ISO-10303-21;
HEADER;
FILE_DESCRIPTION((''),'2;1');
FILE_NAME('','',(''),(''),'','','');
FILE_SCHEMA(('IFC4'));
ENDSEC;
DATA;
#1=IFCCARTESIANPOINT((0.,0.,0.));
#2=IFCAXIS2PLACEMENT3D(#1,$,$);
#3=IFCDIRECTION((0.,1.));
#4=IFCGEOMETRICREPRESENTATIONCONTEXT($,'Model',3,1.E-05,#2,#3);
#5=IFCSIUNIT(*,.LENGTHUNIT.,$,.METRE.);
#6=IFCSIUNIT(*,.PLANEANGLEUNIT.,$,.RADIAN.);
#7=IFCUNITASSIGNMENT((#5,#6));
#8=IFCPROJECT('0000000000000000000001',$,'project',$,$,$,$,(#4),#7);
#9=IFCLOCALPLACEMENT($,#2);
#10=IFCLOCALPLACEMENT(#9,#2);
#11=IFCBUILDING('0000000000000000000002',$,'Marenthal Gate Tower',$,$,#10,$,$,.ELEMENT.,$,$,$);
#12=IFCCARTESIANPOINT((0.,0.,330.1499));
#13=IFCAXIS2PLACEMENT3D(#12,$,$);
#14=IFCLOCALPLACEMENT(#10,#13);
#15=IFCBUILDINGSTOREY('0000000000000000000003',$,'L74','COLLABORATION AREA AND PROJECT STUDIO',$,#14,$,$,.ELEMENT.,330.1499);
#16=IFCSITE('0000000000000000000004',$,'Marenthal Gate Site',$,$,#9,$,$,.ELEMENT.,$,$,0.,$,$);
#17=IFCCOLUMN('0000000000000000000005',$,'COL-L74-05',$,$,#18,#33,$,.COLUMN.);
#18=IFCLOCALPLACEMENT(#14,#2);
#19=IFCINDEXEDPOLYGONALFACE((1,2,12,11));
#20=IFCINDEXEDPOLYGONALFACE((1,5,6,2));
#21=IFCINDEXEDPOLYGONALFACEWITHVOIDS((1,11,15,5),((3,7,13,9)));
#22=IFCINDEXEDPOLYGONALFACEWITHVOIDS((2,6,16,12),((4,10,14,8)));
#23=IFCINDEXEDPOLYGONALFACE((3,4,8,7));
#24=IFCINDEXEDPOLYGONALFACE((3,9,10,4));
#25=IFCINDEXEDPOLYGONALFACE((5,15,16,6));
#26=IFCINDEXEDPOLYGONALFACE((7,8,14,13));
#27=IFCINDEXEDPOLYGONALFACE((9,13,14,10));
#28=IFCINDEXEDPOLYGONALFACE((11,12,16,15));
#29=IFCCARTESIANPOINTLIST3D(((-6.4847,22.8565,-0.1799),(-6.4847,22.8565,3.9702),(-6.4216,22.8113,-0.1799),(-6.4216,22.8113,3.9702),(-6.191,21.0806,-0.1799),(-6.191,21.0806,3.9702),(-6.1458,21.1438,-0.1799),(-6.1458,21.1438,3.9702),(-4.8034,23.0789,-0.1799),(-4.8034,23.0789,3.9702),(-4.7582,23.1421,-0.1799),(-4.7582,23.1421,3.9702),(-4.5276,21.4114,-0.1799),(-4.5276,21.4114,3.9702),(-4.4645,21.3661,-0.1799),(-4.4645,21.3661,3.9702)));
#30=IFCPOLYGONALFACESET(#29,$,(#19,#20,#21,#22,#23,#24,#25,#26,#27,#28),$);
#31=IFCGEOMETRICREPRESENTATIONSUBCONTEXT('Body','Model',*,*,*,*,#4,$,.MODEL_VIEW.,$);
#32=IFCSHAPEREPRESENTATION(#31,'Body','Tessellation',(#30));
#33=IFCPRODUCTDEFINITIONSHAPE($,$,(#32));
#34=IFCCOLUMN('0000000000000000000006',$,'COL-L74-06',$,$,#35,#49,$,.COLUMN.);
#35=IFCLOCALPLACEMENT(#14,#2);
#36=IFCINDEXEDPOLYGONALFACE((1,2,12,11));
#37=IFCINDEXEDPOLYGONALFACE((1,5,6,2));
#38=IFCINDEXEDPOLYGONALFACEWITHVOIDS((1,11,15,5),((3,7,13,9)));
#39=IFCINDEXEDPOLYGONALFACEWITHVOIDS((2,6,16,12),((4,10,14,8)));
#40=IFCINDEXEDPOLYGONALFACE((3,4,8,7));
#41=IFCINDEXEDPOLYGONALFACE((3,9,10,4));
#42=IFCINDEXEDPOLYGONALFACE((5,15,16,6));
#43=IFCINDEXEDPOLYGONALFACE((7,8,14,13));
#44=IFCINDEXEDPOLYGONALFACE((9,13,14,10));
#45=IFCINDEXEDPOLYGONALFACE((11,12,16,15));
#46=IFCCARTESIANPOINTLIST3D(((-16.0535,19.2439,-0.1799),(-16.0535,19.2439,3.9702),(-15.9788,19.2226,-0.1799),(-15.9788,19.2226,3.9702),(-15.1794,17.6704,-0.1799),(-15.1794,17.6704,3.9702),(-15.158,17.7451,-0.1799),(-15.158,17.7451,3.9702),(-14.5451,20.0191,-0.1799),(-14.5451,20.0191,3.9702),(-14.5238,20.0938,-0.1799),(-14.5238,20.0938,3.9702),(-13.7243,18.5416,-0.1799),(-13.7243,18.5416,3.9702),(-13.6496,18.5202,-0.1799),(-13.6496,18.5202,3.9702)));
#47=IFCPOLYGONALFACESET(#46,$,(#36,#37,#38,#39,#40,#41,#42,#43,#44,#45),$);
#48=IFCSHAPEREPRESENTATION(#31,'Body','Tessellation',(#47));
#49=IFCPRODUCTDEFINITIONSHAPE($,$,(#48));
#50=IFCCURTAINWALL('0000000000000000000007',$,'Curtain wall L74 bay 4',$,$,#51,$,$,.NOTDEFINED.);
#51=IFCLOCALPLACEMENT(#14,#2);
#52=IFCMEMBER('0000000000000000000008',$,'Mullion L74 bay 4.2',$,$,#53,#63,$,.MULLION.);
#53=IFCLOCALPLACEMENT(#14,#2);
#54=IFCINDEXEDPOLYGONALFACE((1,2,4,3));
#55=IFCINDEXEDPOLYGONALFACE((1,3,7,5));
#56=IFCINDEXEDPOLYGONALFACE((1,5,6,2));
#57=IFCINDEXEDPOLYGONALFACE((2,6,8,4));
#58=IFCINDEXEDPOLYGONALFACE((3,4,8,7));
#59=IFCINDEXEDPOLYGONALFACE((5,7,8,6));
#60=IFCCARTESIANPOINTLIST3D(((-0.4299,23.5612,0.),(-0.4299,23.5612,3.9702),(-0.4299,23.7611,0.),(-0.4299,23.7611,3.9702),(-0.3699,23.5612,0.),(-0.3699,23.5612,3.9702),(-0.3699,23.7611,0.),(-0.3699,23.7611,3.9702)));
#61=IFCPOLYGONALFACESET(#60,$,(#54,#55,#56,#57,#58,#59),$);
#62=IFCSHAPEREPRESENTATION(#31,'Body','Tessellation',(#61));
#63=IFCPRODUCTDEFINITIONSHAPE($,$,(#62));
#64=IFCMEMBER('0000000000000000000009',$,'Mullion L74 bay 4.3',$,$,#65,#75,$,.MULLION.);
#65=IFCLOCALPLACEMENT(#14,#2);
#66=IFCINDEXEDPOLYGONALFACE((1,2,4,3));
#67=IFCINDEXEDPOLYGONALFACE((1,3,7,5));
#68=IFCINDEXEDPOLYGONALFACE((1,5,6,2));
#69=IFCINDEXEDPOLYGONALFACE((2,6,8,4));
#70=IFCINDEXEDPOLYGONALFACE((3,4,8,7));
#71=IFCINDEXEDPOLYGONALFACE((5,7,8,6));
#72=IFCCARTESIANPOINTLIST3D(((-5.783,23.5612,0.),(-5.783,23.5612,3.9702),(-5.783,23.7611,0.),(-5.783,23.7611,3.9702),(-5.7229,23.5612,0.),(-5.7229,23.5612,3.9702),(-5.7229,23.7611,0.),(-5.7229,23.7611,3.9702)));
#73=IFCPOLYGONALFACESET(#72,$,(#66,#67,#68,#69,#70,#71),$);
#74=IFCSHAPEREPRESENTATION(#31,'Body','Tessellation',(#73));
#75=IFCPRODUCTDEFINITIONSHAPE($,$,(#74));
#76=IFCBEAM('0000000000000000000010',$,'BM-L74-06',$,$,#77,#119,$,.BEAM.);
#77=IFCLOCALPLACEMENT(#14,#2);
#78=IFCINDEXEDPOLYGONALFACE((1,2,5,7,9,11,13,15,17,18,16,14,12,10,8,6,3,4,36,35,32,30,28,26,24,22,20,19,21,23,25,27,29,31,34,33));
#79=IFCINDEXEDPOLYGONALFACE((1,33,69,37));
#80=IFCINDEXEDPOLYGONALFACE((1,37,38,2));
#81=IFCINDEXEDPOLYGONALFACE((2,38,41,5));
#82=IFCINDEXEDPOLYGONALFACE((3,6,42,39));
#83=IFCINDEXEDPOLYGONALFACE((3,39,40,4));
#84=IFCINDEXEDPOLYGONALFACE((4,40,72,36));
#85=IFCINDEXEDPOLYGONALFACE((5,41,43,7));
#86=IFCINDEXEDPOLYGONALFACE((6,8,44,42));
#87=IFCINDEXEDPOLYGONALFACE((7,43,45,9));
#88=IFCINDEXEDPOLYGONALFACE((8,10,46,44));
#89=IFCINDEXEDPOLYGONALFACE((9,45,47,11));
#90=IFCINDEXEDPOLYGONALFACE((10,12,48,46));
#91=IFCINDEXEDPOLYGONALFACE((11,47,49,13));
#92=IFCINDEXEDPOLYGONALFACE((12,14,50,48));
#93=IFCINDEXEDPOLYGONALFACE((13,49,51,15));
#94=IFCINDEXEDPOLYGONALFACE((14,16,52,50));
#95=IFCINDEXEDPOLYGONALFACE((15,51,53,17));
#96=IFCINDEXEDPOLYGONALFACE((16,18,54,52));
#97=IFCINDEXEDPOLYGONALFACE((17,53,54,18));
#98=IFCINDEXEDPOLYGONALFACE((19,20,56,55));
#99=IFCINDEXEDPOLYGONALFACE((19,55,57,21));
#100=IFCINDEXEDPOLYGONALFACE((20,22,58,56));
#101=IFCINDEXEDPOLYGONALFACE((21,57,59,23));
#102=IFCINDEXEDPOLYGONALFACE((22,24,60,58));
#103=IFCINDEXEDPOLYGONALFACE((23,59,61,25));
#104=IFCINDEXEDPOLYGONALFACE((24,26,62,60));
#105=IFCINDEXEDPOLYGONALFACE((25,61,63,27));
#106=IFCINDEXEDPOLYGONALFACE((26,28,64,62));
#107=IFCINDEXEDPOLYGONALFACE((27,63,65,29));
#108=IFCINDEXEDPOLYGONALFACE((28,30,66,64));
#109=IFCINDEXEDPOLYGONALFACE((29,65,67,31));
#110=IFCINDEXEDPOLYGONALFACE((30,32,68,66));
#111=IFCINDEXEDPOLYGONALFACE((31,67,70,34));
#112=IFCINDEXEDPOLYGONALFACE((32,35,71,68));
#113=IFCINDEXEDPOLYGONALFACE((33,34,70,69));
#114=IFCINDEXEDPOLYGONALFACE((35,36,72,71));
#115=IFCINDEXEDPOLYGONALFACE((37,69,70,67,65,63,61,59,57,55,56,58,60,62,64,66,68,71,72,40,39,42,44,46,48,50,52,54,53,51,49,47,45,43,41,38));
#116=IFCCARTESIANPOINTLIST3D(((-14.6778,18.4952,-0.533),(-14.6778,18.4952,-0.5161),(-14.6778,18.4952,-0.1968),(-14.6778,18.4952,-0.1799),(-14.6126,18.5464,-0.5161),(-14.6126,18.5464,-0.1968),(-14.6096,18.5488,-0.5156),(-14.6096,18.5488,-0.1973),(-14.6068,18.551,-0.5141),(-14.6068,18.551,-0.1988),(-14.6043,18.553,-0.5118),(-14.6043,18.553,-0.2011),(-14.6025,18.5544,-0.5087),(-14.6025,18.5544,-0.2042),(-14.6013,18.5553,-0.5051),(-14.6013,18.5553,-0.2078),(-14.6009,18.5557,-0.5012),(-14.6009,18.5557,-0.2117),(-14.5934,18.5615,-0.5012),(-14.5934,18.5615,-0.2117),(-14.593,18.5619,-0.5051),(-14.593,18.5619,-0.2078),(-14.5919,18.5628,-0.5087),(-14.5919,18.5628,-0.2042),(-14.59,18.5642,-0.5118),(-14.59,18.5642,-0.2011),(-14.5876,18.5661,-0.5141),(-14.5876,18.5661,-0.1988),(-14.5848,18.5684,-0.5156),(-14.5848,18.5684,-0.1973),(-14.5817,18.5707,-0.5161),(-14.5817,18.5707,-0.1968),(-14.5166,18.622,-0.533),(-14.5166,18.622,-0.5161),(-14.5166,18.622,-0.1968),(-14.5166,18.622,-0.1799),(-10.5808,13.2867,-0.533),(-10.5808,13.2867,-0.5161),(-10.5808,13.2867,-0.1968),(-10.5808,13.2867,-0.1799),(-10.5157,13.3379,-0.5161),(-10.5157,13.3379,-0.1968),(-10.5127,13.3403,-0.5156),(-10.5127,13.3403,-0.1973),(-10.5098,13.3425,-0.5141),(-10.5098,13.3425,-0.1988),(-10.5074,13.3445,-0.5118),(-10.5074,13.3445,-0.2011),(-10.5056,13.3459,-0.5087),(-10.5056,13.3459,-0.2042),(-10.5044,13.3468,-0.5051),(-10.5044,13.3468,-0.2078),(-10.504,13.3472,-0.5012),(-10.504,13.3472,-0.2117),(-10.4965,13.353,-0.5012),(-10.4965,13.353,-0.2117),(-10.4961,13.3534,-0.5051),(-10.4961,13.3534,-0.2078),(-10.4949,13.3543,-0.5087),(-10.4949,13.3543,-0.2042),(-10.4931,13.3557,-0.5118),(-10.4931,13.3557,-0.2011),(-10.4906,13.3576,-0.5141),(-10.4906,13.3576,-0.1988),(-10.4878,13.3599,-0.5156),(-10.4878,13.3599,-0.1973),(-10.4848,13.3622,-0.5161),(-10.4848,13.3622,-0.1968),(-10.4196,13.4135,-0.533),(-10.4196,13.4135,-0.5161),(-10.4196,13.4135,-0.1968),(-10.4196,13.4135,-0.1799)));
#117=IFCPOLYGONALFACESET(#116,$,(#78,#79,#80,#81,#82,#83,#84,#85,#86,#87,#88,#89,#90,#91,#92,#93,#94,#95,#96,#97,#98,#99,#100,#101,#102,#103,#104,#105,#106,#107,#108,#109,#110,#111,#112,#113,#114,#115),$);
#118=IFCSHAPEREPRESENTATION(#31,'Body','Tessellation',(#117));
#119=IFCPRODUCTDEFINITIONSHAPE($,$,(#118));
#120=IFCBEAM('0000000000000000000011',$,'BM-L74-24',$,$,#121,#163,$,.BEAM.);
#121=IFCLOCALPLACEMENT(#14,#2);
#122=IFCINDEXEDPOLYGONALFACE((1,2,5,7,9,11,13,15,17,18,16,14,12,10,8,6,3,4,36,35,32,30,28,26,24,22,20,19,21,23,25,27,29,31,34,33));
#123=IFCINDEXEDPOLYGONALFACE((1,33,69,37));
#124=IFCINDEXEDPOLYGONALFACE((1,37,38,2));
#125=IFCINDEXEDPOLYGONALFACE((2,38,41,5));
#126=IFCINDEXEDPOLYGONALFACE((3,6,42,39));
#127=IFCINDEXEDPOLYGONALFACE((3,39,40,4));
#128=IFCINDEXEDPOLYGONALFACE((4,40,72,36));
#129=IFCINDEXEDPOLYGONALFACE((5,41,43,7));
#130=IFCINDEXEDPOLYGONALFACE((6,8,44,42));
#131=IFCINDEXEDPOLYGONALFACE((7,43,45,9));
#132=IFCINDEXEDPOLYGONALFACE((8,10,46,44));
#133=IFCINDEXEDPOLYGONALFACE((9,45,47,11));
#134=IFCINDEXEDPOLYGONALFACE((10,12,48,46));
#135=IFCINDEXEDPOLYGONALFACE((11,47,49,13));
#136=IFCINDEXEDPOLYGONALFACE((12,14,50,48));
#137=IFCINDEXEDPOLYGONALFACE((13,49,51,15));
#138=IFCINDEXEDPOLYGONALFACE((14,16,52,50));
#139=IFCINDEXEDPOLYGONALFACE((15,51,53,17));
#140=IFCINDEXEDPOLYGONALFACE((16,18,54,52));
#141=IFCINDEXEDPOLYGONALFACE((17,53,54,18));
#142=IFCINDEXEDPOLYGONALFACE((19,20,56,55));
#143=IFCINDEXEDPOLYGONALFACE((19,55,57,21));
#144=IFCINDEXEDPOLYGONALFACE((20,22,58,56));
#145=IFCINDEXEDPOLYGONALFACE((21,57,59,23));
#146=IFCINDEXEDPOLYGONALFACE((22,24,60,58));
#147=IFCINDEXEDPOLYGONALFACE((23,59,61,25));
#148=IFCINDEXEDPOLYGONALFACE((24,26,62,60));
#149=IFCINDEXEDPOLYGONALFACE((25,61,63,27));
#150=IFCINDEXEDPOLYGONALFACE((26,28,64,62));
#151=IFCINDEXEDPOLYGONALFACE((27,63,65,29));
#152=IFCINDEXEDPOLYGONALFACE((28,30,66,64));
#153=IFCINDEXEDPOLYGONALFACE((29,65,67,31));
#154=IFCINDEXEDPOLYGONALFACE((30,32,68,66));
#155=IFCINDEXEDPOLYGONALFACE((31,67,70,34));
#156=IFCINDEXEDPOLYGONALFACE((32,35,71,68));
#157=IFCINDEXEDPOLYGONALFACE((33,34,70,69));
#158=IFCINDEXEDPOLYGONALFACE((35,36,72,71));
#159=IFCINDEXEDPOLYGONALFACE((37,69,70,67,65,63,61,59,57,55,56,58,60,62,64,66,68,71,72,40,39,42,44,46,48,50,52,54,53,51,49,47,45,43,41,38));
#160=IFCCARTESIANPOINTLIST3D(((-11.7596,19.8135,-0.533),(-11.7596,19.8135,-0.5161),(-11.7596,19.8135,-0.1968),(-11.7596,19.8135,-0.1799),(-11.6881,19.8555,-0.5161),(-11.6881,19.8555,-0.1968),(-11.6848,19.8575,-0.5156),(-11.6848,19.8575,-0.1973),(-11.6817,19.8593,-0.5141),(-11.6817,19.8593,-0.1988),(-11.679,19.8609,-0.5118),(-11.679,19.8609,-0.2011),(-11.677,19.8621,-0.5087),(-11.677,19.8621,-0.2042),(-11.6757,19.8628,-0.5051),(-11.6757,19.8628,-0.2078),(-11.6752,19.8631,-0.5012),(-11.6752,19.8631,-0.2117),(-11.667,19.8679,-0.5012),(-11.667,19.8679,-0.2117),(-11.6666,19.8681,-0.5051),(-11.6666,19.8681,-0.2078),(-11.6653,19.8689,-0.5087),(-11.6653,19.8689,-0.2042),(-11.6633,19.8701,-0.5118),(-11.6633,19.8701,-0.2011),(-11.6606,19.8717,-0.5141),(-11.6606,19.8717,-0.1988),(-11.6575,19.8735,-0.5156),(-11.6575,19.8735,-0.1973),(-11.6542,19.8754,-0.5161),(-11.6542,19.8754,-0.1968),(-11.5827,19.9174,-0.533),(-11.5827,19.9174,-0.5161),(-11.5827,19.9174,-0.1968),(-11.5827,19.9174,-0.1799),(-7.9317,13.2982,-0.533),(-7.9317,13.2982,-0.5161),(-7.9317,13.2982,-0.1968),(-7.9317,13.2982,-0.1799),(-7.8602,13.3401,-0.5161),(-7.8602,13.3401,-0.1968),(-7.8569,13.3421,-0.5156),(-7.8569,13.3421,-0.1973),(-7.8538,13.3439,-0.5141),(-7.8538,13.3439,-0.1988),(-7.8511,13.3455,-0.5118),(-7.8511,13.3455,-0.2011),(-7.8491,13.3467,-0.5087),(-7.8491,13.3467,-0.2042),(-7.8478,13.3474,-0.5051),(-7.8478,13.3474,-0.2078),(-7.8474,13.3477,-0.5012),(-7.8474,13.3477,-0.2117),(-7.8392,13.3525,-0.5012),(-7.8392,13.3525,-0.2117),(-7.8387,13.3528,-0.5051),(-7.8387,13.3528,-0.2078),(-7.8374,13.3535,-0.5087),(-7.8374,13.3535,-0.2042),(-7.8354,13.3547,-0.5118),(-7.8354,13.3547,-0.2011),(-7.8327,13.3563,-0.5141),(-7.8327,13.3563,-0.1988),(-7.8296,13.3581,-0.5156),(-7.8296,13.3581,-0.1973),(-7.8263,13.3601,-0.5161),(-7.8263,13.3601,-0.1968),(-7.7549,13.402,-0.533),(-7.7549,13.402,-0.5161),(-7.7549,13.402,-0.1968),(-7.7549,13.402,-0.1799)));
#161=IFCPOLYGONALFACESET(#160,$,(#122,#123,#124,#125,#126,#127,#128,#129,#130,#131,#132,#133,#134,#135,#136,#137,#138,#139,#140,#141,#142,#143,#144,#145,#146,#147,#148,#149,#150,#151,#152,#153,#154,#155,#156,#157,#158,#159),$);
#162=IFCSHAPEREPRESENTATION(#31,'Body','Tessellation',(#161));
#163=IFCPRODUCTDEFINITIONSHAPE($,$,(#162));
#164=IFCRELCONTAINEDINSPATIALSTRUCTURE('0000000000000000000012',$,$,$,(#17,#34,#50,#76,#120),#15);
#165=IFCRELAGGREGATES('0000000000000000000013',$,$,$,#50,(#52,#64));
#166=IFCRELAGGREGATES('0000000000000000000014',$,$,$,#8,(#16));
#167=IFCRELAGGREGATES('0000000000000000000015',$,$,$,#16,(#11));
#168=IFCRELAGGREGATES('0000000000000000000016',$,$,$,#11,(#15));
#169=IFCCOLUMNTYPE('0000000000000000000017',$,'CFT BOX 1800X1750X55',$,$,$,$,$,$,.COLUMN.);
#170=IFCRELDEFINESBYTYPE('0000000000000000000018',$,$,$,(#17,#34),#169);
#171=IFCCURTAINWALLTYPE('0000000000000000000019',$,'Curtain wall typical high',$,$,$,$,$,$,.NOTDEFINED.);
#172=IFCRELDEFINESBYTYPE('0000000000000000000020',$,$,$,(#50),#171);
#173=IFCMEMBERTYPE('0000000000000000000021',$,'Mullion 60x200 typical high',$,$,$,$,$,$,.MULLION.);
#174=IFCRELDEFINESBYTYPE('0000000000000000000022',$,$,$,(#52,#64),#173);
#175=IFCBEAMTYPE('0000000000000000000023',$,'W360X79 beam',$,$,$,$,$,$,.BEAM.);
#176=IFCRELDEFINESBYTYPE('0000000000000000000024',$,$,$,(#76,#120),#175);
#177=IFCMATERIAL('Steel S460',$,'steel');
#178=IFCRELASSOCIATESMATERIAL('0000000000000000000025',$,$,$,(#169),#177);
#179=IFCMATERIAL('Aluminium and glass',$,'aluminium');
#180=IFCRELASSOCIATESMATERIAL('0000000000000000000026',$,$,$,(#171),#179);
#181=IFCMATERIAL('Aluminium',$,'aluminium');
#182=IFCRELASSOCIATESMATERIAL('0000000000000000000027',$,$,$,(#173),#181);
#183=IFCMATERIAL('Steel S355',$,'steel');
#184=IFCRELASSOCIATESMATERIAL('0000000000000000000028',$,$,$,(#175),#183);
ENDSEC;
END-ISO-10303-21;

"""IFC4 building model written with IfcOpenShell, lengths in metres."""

from ifc_helpers import new_model, si_unit, direction, frame, origin, origin_2d, place, context, subcontext, project, spatial, rectangle, hollow_rectangle, i_section, extrude, material, material_profile, profile_set, type_object, element, aggregate, save


model = new_model("IFC4")

# Units and contexts
model_context = context("Model", 3, precision=1e-05, world=origin(), true_north=direction((0.0, 1.0)))
body_context = subcontext(model_context, "Body", "Model", "MODEL_VIEW")
ifc_project = project(units=[si_unit("LENGTHUNIT", "METRE"), si_unit("PLANEANGLEUNIT", "RADIAN")], contexts=[model_context])

# Site, building, storey
site_placement = place(None, origin())
site = spatial("IfcSite", under=ifc_project, at=site_placement, Name="Marenthal Gate Site", CompositionType="ELEMENT", RefElevation=0.0)
building_placement = place(site_placement, origin())
building = spatial("IfcBuilding", under=site, at=building_placement, Name="Marenthal Gate Tower", CompositionType="ELEMENT")
storey_placement = place(building_placement, frame((0.0, 0.0, 330.1499)))
storey = spatial("IfcBuildingStorey", under=building, at=storey_placement, Name="L74", Description="COLLABORATION AREA AND PROJECT STUDIO", CompositionType="ELEMENT", Elevation=330.1499)

# Columns
ifc_material_1 = material(Name="Steel S460", Category="steel")
ifc_material_profile_1 = material_profile(ifc_material_1, hollow_rectangle(XDim=1.75, YDim=1.8, WallThickness=0.0549, at=origin_2d()), Name="CFT BOX 1800X1750X55")
ifc_material_2 = material(Name="Concrete 70 MPa", Category="concrete")
ifc_material_profile_2 = material_profile(ifc_material_2, rectangle(XDim=1.6399, YDim=1.6899, at=origin_2d()), Name="CFT BOX 1800X1750X55 INFILL")
ifc_profile_set_1 = profile_set([ifc_material_profile_1, ifc_material_profile_2], Name="Steel S460 shell, Concrete 70 MPa infill")
column_type = type_object("IfcColumnType", Name="CFT BOX 1800X1750X55", PredefinedType="COLUMN", material=ifc_profile_set_1)
for number, where, z_axis, x_axis, name in (
    (1, (-5.4746, 22.1113, -0.1799), (0.0, 0.0, 1.0), (0.986599, 0.163164, 0.0), "COL-L74-05"),
    (2, (-14.8516, 18.8821, -0.1799), (0.0, 0.0, 1.0), (0.874163, 0.485632, 0.0), "COL-L74-06"),
):
    element("IfcColumn", number, at=place(storey_placement, frame(where, z_axis=z_axis, x_axis=x_axis)), inside=storey, type_object=column_type, Name=name, PredefinedType="COLUMN", context=body_context, shape_type="SweptSolid", body=[
        extrude(hollow_rectangle(XDim=1.75, YDim=1.8, WallThickness=0.0549, at=origin_2d()), origin(), (0.0, 0.0, 1.0), 4.1501),
    ])

# Curtain wall, members
ifc_material_3 = material(Name="Aluminium and glass", Category="aluminium")
curtain_wall_type = type_object("IfcCurtainWallType", Name="Curtain wall typical high", PredefinedType="NOTDEFINED", material=ifc_material_3)
curtain_wall_placement = place(storey_placement, origin())
curtain_wall = element("IfcCurtainWall", 3, at=curtain_wall_placement, inside=storey, type_object=curtain_wall_type, Name="Curtain wall L74 bay 4", PredefinedType="NOTDEFINED")
ifc_material_4 = material(Name="Aluminium", Category="aluminium")
ifc_material_profile_3 = material_profile(ifc_material_4, rectangle(XDim=0.2, YDim=0.0601, at=origin_2d()), Name="60x200 aluminium mullion")
ifc_profile_set_2 = profile_set([ifc_material_profile_3], Name="Aluminium")
member_type = type_object("IfcMemberType", Name="Mullion 60x200 typical high", PredefinedType="MULLION", material=ifc_profile_set_2)
member_1_placement = place(storey_placement, frame((-0.3999, 23.6611, 0.0), z_axis=(0.0, 0.0, 1.0), x_axis=(0.0, -1.0, 0.0)))
member_1 = element("IfcMember", 4, at=member_1_placement, type_object=member_type, Name="Mullion L74 bay 4.2", PredefinedType="MULLION", context=body_context, shape_type="SweptSolid", body=[
    extrude(rectangle(XDim=0.2, YDim=0.0601, at=origin_2d()), origin(), (0.0, 0.0, 1.0), 3.9702),
])
member_2_placement = place(storey_placement, frame((-5.7529, 23.6611, 0.0), z_axis=(0.0, 0.0, 1.0), x_axis=(0.0, -1.0, 0.0)))
member_2 = element("IfcMember", 5, at=member_2_placement, type_object=member_type, Name="Mullion L74 bay 4.3", PredefinedType="MULLION", context=body_context, shape_type="SweptSolid", body=[
    extrude(rectangle(XDim=0.2, YDim=0.0601, at=origin_2d()), origin(), (0.0, 0.0, 1.0), 3.9702),
])

# Beams
ifc_material_5 = material(Name="Steel S355", Category="steel")
ifc_material_profile_4 = material_profile(ifc_material_5, i_section(OverallWidth=0.2051, OverallDepth=0.353, WebThickness=0.0095, FlangeThickness=0.0168, FilletRadius=0.0149, at=origin_2d()), Name="W360X79")
ifc_profile_set_3 = profile_set([ifc_material_profile_4], Name="Steel S355")
beam_type_1 = type_object("IfcBeamType", Name="W360X79 beam", PredefinedType="BEAM", material=ifc_profile_set_3)
beam_1_placement = place(storey_placement, frame((-14.5972, 18.5586, -0.3564), z_axis=(0.618245, -0.785986, 0.0), x_axis=(0.785986, 0.618245, 0.0)))
element("IfcBeam", 6, at=beam_1_placement, inside=storey, type_object=beam_type_1, Name="BM-L74-06", PredefinedType="BEAM", context=body_context, shape_type="SweptSolid", body=[
    extrude(i_section(OverallWidth=0.2051, OverallDepth=0.353, WebThickness=0.0095, FlangeThickness=0.0168, FilletRadius=0.0149, at=origin_2d()), origin(), (0.0, 0.0, 1.0), 6.6267),
])
beam_2_placement = place(storey_placement, frame((-11.6711, 19.8655, -0.3564), z_axis=(0.506558, -0.862206, 0.0), x_axis=(0.862206, 0.506558, 0.0)))
element("IfcBeam", 7, at=beam_2_placement, inside=storey, type_object=beam_type_1, Name="BM-L74-24", PredefinedType="BEAM", context=body_context, shape_type="SweptSolid", body=[
    extrude(i_section(OverallWidth=0.2051, OverallDepth=0.353, WebThickness=0.0095, FlangeThickness=0.0168, FilletRadius=0.0149, at=origin_2d()), origin(), (0.0, 0.0, 1.0), 7.5566),
])

aggregate(curtain_wall, [member_1, member_2])

save(model, "model.ifc")
